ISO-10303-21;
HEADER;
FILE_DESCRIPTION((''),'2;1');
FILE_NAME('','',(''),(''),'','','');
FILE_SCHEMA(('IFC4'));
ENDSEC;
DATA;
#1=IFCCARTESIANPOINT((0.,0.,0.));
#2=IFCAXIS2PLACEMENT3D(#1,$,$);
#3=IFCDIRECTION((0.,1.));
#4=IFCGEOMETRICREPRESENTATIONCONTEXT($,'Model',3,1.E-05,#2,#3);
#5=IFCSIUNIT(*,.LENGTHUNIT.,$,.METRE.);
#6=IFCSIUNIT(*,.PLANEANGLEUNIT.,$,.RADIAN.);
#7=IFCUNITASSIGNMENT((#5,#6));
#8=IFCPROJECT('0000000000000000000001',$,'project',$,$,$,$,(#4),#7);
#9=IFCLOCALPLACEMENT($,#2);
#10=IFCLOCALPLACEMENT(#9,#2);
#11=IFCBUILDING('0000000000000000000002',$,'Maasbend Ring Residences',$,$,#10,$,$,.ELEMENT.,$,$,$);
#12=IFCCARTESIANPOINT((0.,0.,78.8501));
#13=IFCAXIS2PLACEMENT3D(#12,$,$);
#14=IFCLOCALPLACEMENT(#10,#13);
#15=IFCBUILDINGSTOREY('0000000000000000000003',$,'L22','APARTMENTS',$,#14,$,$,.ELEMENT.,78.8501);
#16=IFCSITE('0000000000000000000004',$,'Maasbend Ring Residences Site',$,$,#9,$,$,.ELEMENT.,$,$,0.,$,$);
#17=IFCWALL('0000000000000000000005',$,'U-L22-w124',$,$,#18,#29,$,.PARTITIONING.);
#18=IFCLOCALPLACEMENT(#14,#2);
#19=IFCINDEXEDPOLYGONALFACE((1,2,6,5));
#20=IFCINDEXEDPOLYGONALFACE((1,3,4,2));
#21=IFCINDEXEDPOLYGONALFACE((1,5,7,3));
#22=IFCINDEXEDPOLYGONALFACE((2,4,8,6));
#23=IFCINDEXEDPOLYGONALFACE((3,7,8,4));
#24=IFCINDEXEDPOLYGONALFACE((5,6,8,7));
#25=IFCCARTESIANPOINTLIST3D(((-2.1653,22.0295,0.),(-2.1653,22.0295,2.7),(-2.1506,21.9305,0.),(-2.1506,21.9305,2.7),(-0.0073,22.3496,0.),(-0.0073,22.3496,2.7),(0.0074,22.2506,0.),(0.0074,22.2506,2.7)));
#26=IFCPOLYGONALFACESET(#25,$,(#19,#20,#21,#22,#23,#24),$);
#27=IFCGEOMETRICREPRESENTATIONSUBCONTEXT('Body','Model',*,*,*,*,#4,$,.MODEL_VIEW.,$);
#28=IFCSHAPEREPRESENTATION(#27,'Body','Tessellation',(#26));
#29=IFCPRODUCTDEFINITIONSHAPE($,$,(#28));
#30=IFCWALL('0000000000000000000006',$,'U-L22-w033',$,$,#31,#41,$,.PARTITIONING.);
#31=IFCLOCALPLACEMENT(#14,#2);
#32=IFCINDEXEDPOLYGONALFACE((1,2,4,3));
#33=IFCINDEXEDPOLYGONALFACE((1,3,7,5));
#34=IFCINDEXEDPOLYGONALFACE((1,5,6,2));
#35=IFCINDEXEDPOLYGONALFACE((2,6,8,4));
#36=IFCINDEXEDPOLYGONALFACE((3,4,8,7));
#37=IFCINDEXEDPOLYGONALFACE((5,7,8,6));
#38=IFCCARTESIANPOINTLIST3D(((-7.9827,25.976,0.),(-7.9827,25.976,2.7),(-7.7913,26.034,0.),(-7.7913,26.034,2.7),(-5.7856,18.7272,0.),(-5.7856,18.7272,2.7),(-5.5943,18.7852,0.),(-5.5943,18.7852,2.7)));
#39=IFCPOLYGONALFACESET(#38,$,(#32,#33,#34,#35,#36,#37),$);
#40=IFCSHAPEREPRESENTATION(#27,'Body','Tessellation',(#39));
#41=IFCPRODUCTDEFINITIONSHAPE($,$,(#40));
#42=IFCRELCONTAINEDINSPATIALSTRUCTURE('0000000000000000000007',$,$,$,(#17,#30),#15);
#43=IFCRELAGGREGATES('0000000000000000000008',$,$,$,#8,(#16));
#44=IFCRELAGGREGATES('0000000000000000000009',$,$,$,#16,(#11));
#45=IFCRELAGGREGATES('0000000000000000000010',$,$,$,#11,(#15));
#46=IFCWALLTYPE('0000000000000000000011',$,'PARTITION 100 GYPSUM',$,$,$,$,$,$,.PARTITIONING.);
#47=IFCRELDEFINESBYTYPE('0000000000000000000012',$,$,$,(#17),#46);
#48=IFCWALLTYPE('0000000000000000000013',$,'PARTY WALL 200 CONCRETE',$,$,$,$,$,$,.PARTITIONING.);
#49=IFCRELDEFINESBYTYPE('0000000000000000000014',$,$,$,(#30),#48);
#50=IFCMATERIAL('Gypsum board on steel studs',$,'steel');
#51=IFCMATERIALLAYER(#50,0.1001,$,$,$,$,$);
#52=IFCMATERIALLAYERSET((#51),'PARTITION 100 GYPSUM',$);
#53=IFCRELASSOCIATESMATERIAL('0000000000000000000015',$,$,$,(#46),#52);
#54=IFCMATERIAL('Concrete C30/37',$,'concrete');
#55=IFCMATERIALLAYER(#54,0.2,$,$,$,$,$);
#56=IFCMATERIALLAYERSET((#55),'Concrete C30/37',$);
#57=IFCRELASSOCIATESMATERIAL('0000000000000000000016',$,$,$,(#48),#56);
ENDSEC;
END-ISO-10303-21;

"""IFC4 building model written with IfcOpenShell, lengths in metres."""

from ifc_helpers import new_model, si_unit, direction, frame, frame_2d, origin, place, context, subcontext, project, spatial, rectangle, extrude, material, layer, layer_set, type_object, element, save


model = new_model("IFC4")

# Units and contexts
model_context = context("Model", 3, precision=1e-05, world=origin(), true_north=direction((0.0, 1.0)))
body_context = subcontext(model_context, "Body", "Model", "MODEL_VIEW")
ifc_project = project(units=[si_unit("LENGTHUNIT", "METRE"), si_unit("PLANEANGLEUNIT", "RADIAN")], contexts=[model_context])

# Site, building, storey
site_placement = place(None, origin())
site = spatial("IfcSite", under=ifc_project, at=site_placement, Name="Maasbend Ring Residences Site", CompositionType="ELEMENT", RefElevation=0.0)
building_placement = place(site_placement, origin())
building = spatial("IfcBuilding", under=site, at=building_placement, Name="Maasbend Ring Residences", CompositionType="ELEMENT")
storey_placement = place(building_placement, frame((0.0, 0.0, 78.8501)))
storey = spatial("IfcBuildingStorey", under=building, at=storey_placement, Name="L22", Description="APARTMENTS", CompositionType="ELEMENT", Elevation=78.8501)

# Shared definitions
ifc_material_1 = material(Name="Gypsum board on steel studs", Category="steel")
ifc_layer_1 = layer(ifc_material_1, 0.1001)
ifc_layer_set_1 = layer_set([ifc_layer_1], Name="PARTITION 100 GYPSUM")
wall_type_1 = type_object("IfcWallType", Name="PARTITION 100 GYPSUM", PredefinedType="PARTITIONING", material=ifc_layer_set_1)

# Walls
wall_1_placement = place(storey_placement, frame((-2.158, 21.98, 0.0), z_axis=(0.0, 0.0, 1.0), x_axis=(0.989179, 0.146715, 0.0)))
element("IfcWall", 1, at=wall_1_placement, inside=storey, type_object=wall_type_1, Name="U-L22-w124", PredefinedType="PARTITIONING", context=body_context, shape_type="SweptSolid", body=[
    extrude(rectangle(XDim=2.1816, YDim=0.1001, at=frame_2d((1.0908, 0.0))), origin(), (0.0, 0.0, 1.0), 2.7),
])
ifc_material_2 = material(Name="Concrete C30/37", Category="concrete")
ifc_layer_2 = layer(ifc_material_2, 0.2)
ifc_layer_set_2 = layer_set([ifc_layer_2], Name="Concrete C30/37")
wall_type_2 = type_object("IfcWallType", Name="PARTY WALL 200 CONCRETE", PredefinedType="PARTITIONING", material=ifc_layer_set_2)
wall_2_placement = place(storey_placement, frame((-7.887, 26.0049, 0.0), z_axis=(0.0, 0.0, 1.0), x_axis=(0.290058, -0.957009, 0.0)))
element("IfcWall", 2, at=wall_2_placement, inside=storey, type_object=wall_type_2, Name="U-L22-w033", PredefinedType="PARTITIONING", context=body_context, shape_type="SweptSolid", body=[
    extrude(rectangle(XDim=7.5745, YDim=0.2, at=frame_2d((3.7871, 0.0))), origin(), (0.0, 0.0, 1.0), 2.7),
])

save(model, "model.ifc")
